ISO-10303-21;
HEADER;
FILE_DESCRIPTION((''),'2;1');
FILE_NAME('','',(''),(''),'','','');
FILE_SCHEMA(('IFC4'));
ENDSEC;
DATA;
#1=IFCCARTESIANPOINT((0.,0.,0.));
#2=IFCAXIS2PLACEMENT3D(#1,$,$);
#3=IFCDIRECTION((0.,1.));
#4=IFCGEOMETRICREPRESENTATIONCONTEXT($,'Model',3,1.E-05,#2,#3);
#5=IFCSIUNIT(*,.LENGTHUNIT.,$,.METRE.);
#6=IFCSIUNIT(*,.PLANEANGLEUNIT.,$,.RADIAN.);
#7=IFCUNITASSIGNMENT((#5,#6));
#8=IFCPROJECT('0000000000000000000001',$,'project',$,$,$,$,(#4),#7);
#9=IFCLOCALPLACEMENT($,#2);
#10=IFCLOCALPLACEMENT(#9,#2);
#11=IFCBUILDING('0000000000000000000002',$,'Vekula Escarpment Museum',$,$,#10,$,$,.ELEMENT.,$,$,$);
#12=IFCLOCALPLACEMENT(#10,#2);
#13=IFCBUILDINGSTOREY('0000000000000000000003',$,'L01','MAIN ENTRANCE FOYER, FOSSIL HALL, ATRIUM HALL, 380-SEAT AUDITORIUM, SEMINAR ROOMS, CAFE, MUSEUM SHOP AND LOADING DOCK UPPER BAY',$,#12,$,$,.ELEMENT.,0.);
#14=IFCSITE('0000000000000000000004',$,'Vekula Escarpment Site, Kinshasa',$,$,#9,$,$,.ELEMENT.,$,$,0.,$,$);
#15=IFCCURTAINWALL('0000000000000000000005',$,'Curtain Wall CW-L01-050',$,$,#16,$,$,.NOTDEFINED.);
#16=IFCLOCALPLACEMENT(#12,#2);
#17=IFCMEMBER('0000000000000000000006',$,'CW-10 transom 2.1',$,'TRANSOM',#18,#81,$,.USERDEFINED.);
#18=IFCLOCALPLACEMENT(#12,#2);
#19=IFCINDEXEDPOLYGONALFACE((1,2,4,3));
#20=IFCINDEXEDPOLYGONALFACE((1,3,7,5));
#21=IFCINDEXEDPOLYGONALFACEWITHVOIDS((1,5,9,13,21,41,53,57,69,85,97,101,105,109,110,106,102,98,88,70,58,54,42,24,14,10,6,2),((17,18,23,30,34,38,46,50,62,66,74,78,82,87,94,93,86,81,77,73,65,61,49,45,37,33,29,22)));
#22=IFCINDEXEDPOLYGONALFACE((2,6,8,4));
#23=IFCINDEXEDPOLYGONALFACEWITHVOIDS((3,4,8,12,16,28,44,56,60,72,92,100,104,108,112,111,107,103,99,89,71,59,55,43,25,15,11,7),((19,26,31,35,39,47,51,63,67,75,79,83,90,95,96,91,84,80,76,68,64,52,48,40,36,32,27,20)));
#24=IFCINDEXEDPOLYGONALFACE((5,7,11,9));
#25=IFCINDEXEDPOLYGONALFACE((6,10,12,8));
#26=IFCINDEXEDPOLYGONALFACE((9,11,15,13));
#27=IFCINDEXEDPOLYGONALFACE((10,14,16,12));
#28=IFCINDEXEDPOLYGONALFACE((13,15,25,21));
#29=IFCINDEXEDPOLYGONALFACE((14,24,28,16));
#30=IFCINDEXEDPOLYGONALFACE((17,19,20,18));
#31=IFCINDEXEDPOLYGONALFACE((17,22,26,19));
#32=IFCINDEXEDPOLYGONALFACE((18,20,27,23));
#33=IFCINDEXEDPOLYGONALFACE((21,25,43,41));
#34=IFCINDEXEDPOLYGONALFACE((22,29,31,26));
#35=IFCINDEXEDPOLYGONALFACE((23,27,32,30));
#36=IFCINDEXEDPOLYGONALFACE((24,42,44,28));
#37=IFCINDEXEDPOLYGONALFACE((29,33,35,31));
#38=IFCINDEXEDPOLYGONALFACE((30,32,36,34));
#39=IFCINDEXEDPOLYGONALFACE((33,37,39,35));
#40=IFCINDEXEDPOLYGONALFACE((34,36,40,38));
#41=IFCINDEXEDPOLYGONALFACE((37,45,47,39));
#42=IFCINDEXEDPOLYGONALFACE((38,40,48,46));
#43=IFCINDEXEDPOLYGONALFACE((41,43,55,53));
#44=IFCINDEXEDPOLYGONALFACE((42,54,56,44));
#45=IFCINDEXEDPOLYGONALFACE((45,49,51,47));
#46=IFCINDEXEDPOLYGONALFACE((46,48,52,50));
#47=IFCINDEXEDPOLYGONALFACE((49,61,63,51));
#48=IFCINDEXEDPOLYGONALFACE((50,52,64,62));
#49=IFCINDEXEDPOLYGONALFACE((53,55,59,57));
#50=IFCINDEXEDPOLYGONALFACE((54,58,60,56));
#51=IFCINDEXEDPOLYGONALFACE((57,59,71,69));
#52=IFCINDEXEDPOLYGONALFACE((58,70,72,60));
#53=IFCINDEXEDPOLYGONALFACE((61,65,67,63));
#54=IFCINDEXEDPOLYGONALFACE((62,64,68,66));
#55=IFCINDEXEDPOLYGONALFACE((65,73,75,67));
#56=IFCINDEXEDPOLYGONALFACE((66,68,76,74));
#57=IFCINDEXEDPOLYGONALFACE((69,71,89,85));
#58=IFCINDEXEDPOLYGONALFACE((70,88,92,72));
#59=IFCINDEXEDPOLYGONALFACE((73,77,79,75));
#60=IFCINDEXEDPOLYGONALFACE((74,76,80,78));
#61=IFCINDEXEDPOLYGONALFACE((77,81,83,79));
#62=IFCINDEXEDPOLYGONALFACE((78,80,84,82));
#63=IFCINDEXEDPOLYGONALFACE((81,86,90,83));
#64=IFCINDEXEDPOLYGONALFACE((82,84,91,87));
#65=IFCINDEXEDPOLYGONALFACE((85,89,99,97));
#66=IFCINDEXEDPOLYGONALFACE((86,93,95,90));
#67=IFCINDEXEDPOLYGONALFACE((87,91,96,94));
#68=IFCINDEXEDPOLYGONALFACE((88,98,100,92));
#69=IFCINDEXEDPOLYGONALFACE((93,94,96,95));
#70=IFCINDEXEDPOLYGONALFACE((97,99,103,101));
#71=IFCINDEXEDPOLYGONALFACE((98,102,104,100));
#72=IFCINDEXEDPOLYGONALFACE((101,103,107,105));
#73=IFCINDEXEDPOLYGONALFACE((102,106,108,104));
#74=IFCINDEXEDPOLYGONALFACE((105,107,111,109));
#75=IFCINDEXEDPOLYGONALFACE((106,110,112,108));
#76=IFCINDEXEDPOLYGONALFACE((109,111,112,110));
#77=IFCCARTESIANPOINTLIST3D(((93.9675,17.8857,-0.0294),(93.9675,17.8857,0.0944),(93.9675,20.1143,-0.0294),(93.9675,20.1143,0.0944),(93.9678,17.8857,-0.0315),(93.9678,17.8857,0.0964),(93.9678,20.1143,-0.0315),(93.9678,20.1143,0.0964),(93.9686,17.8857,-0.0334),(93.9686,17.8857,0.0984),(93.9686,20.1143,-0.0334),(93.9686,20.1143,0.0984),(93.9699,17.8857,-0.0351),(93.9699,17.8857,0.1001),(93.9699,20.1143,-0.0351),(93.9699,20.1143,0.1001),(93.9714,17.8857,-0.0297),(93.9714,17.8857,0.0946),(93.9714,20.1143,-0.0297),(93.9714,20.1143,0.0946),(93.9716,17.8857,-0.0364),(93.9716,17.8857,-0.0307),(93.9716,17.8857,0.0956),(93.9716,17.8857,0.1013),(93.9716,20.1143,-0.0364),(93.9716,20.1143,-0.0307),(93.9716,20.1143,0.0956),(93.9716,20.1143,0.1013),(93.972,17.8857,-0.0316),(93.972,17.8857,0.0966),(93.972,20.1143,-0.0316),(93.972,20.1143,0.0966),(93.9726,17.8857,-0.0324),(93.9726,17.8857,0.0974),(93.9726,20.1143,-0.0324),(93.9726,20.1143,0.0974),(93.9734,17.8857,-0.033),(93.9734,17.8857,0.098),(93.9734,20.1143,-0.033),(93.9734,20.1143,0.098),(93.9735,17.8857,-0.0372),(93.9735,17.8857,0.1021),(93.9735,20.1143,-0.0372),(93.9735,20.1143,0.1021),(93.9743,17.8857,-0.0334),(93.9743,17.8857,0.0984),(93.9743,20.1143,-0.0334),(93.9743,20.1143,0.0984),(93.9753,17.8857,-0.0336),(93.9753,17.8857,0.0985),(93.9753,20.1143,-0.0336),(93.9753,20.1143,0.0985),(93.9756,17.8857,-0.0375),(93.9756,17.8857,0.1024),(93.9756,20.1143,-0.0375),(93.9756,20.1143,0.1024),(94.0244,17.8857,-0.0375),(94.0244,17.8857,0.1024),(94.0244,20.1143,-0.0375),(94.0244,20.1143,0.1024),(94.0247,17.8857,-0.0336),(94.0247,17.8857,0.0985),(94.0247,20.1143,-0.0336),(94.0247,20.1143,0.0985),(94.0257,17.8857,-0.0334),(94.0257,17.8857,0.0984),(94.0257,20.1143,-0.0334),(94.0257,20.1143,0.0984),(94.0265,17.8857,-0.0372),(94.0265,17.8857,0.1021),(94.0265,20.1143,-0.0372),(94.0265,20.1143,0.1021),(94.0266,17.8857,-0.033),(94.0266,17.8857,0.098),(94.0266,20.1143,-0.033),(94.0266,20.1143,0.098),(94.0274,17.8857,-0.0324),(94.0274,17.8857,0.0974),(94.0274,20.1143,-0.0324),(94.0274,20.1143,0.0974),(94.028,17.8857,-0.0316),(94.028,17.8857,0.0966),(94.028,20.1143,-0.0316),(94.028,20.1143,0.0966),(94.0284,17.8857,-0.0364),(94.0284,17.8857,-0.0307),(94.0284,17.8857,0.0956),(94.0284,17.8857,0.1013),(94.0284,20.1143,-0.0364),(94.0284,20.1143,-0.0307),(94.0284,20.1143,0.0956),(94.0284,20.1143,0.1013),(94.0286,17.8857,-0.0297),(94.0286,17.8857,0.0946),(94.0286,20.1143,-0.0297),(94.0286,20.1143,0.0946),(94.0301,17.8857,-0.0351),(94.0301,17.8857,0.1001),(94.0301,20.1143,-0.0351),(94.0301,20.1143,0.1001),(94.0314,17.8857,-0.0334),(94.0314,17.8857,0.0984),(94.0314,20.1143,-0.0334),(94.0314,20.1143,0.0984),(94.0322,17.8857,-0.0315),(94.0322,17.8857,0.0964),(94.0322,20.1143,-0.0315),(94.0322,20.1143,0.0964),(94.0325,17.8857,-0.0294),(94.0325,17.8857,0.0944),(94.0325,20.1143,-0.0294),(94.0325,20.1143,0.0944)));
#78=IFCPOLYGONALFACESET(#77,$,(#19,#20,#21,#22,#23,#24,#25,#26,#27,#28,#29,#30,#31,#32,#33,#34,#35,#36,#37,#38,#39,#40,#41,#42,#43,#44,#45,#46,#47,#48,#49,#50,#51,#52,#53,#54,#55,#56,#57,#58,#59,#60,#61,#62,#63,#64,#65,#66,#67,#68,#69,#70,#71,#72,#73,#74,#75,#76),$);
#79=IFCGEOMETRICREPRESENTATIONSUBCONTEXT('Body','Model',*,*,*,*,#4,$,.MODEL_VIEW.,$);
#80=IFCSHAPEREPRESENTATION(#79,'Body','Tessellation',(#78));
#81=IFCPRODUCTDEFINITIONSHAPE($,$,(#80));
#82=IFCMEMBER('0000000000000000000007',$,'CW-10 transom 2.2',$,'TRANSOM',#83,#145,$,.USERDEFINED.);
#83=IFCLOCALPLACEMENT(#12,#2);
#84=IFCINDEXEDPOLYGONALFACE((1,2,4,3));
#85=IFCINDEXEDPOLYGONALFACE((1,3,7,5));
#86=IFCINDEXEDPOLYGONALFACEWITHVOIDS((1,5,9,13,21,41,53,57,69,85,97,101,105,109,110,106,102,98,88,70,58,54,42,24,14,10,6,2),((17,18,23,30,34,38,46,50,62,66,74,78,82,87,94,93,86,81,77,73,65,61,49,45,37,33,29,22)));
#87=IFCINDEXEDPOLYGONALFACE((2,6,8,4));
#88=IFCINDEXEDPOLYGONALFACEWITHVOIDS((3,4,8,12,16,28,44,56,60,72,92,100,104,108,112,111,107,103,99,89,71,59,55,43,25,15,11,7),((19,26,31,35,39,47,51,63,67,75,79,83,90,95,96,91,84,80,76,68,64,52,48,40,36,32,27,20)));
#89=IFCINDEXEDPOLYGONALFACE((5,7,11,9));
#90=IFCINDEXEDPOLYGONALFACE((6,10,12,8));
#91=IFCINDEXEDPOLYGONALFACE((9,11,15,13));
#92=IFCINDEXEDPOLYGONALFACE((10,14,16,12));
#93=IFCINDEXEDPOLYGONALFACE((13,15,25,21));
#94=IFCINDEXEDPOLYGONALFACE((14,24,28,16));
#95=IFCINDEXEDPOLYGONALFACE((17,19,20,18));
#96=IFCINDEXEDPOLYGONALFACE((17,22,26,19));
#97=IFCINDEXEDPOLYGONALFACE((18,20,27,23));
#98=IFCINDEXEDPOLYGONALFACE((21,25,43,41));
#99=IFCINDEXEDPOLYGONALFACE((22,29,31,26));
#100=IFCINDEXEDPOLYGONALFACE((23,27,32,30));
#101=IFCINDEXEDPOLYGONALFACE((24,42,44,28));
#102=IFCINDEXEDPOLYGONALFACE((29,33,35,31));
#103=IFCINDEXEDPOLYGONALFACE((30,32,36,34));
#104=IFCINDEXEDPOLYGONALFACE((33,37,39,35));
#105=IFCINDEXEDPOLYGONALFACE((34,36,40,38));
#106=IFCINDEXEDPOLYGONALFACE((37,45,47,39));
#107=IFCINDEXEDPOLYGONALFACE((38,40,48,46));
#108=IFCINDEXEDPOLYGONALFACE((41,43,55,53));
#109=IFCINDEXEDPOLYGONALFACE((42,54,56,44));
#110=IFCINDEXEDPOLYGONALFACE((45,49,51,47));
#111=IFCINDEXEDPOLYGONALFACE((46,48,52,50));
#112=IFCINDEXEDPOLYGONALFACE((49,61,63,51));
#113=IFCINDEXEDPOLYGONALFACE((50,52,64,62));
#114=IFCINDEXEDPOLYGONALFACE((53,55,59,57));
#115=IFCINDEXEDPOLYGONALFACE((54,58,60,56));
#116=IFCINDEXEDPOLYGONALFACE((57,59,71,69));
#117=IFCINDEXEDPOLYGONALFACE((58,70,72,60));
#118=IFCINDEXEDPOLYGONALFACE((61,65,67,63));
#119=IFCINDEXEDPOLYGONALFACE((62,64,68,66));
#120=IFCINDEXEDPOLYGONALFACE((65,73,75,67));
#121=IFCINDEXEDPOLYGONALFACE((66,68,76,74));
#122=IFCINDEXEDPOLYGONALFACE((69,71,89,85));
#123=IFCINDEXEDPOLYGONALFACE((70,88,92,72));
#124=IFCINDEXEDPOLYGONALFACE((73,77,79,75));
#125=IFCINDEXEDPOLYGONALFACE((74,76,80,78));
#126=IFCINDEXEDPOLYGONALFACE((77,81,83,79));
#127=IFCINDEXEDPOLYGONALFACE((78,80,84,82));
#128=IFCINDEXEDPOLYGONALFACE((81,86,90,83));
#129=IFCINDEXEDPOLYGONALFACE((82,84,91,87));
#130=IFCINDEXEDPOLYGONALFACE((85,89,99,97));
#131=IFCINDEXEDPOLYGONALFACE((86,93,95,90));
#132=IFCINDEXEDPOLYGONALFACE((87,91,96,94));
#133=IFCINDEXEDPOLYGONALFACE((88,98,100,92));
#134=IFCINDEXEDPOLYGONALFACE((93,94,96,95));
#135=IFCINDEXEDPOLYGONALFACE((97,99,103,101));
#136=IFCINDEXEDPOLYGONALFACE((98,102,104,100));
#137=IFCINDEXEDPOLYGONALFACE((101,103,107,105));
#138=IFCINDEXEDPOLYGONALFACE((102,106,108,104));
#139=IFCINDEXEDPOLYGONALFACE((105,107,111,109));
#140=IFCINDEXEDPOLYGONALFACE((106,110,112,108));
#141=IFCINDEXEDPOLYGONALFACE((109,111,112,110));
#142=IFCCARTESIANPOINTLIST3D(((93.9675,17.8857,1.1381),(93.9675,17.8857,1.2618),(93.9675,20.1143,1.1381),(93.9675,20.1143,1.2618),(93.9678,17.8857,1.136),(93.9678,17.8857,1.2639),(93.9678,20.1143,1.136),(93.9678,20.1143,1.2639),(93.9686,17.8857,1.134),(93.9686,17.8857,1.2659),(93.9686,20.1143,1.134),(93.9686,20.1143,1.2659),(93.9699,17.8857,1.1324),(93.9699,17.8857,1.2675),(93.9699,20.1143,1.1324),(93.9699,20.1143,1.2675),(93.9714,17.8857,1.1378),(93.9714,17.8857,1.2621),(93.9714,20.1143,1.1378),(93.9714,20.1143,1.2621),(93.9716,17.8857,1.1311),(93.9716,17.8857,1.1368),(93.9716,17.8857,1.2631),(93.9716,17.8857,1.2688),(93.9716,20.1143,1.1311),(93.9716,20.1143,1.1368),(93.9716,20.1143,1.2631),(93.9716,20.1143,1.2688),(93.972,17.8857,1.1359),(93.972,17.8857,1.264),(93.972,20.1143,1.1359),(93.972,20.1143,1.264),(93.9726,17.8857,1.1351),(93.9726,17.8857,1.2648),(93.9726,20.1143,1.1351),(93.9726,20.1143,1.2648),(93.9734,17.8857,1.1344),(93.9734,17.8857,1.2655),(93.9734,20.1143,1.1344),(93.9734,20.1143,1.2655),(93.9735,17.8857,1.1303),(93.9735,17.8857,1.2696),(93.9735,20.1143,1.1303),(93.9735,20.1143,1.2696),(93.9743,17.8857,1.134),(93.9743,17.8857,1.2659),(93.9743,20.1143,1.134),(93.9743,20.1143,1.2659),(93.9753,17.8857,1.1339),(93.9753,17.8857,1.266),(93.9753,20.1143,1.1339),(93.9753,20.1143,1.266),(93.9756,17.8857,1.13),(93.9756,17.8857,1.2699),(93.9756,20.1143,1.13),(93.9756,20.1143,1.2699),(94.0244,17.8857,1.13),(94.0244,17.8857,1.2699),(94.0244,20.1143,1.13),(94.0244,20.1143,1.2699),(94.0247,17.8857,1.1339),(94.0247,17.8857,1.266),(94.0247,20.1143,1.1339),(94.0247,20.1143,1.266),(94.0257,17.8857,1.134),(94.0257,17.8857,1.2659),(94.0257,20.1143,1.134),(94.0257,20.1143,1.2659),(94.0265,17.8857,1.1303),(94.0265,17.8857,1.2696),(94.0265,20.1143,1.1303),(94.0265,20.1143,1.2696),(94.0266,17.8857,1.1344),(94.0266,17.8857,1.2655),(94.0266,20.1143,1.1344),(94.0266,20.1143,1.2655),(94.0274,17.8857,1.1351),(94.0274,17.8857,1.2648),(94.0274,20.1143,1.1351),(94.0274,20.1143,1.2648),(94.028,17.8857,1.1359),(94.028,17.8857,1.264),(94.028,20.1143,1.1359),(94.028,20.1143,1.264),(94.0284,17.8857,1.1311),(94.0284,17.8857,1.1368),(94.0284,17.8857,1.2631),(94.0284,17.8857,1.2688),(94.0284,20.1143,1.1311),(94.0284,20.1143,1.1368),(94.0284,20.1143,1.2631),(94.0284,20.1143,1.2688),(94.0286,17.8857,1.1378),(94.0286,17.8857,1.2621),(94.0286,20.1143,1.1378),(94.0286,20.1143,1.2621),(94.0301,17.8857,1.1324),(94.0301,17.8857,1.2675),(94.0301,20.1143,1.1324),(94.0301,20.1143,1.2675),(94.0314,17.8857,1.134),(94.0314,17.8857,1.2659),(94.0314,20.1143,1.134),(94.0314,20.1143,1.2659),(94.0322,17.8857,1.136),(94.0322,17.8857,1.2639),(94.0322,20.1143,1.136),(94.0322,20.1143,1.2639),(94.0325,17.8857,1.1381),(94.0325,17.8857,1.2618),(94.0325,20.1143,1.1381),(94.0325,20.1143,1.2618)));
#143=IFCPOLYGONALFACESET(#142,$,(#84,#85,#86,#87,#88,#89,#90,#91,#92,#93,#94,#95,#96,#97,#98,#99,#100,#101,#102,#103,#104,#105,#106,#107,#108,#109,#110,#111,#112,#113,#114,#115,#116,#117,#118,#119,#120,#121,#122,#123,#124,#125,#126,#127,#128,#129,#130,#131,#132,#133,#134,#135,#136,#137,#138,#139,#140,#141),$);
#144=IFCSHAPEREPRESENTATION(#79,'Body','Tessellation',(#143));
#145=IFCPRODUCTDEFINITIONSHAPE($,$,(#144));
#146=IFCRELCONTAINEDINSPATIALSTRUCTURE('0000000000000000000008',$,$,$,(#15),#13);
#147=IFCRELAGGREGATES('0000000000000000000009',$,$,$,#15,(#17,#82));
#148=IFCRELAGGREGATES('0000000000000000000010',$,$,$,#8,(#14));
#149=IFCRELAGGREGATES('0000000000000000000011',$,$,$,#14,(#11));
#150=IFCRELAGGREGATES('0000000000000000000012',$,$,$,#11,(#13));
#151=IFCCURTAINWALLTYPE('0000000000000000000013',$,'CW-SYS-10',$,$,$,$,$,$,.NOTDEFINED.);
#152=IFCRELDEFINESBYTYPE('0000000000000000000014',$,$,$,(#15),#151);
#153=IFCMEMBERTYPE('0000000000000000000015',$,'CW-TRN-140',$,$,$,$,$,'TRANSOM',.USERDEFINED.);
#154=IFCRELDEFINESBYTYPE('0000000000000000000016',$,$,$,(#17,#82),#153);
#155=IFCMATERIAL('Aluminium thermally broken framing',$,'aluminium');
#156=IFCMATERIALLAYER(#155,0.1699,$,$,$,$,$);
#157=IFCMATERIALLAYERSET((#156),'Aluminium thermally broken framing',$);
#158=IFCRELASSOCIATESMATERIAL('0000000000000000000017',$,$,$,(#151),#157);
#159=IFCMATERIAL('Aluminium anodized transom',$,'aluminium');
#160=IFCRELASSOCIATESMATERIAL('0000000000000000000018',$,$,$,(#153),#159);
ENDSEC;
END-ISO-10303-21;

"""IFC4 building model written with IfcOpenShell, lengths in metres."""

from ifc_helpers import new_model, si_unit, direction, frame, origin, origin_2d, place, context, subcontext, project, spatial, hollow_rectangle, extrude, material, layer, layer_set, material_profile, profile_set, type_object, element, aggregate, save


model = new_model("IFC4")

# Units and contexts
model_context = context("Model", 3, precision=1e-05, world=origin(), true_north=direction((0.0, 1.0)))
body_context = subcontext(model_context, "Body", "Model", "MODEL_VIEW")
ifc_project = project(units=[si_unit("LENGTHUNIT", "METRE"), si_unit("PLANEANGLEUNIT", "RADIAN")], contexts=[model_context])

# Site, building, storey
site_placement = place(None, origin())
site = spatial("IfcSite", under=ifc_project, at=site_placement, Name="Vekula Escarpment Site, Kinshasa", CompositionType="ELEMENT", RefElevation=0.0)
building_placement = place(site_placement, origin())
building = spatial("IfcBuilding", under=site, at=building_placement, Name="Vekula Escarpment Museum", CompositionType="ELEMENT")
storey_placement = place(building_placement, origin())
storey = spatial("IfcBuildingStorey", under=building, at=storey_placement, Name="L01", Description="MAIN ENTRANCE FOYER, FOSSIL HALL, ATRIUM HALL, 380-SEAT AUDITORIUM, SEMINAR ROOMS, CAFE, MUSEUM SHOP AND LOADING DOCK UPPER BAY", CompositionType="ELEMENT", Elevation=0.0)

# Curtain wall, members
ifc_material_1 = material(Name="Aluminium thermally broken framing", Category="aluminium")
ifc_layer_1 = layer(ifc_material_1, 0.1699)
ifc_layer_set_1 = layer_set([ifc_layer_1], Name="Aluminium thermally broken framing")
curtain_wall_type = type_object("IfcCurtainWallType", Name="CW-SYS-10", PredefinedType="NOTDEFINED", material=ifc_layer_set_1)
curtain_wall_placement = place(storey_placement, origin())
curtain_wall = element("IfcCurtainWall", 1, at=curtain_wall_placement, inside=storey, type_object=curtain_wall_type, Name="Curtain Wall CW-L01-050", PredefinedType="NOTDEFINED")
ifc_material_2 = material(Name="Aluminium anodized transom", Category="aluminium")
ifc_material_profile_1 = material_profile(ifc_material_2, hollow_rectangle(XDim=0.0649, YDim=0.1399, WallThickness=0.0039, InnerFilletRadius=0.0039, OuterFilletRadius=0.0081, at=origin_2d()), Name="ALU 140x65x4")
ifc_profile_set_1 = profile_set([ifc_material_profile_1], Name="Aluminium anodized transom")
member_type_1 = type_object("IfcMemberType", Name="CW-TRN-140", ElementType="TRANSOM", PredefinedType="USERDEFINED", material=ifc_profile_set_1)
member_1_placement = place(storey_placement, frame((94.0, 20.1143, 0.0325), z_axis=(0.0, -1.0, 0.0), x_axis=(1.0, 0.0, 0.0)))
member_1 = element("IfcMember", 2, at=member_1_placement, type_object=member_type_1, Name="CW-10 transom 2.1", ObjectType="TRANSOM", PredefinedType="USERDEFINED", context=body_context, shape_type="SweptSolid", body=[
    extrude(hollow_rectangle(XDim=0.0649, YDim=0.1399, WallThickness=0.0039, InnerFilletRadius=0.0039, OuterFilletRadius=0.0081, at=origin_2d()), origin(), (0.0, 0.0, 1.0), 2.2285),
])
member_2_placement = place(storey_placement, frame((94.0, 20.1143, 1.2), z_axis=(0.0, -1.0, 0.0), x_axis=(1.0, 0.0, 0.0)))
member_2 = element("IfcMember", 3, at=member_2_placement, type_object=member_type_1, Name="CW-10 transom 2.2", ObjectType="TRANSOM", PredefinedType="USERDEFINED", context=body_context, shape_type="SweptSolid", body=[
    extrude(hollow_rectangle(XDim=0.0649, YDim=0.1399, WallThickness=0.0039, InnerFilletRadius=0.0039, OuterFilletRadius=0.0081, at=origin_2d()), origin(), (0.0, 0.0, 1.0), 2.2285),
])

aggregate(curtain_wall, [member_1, member_2])

save(model, "model.ifc")
